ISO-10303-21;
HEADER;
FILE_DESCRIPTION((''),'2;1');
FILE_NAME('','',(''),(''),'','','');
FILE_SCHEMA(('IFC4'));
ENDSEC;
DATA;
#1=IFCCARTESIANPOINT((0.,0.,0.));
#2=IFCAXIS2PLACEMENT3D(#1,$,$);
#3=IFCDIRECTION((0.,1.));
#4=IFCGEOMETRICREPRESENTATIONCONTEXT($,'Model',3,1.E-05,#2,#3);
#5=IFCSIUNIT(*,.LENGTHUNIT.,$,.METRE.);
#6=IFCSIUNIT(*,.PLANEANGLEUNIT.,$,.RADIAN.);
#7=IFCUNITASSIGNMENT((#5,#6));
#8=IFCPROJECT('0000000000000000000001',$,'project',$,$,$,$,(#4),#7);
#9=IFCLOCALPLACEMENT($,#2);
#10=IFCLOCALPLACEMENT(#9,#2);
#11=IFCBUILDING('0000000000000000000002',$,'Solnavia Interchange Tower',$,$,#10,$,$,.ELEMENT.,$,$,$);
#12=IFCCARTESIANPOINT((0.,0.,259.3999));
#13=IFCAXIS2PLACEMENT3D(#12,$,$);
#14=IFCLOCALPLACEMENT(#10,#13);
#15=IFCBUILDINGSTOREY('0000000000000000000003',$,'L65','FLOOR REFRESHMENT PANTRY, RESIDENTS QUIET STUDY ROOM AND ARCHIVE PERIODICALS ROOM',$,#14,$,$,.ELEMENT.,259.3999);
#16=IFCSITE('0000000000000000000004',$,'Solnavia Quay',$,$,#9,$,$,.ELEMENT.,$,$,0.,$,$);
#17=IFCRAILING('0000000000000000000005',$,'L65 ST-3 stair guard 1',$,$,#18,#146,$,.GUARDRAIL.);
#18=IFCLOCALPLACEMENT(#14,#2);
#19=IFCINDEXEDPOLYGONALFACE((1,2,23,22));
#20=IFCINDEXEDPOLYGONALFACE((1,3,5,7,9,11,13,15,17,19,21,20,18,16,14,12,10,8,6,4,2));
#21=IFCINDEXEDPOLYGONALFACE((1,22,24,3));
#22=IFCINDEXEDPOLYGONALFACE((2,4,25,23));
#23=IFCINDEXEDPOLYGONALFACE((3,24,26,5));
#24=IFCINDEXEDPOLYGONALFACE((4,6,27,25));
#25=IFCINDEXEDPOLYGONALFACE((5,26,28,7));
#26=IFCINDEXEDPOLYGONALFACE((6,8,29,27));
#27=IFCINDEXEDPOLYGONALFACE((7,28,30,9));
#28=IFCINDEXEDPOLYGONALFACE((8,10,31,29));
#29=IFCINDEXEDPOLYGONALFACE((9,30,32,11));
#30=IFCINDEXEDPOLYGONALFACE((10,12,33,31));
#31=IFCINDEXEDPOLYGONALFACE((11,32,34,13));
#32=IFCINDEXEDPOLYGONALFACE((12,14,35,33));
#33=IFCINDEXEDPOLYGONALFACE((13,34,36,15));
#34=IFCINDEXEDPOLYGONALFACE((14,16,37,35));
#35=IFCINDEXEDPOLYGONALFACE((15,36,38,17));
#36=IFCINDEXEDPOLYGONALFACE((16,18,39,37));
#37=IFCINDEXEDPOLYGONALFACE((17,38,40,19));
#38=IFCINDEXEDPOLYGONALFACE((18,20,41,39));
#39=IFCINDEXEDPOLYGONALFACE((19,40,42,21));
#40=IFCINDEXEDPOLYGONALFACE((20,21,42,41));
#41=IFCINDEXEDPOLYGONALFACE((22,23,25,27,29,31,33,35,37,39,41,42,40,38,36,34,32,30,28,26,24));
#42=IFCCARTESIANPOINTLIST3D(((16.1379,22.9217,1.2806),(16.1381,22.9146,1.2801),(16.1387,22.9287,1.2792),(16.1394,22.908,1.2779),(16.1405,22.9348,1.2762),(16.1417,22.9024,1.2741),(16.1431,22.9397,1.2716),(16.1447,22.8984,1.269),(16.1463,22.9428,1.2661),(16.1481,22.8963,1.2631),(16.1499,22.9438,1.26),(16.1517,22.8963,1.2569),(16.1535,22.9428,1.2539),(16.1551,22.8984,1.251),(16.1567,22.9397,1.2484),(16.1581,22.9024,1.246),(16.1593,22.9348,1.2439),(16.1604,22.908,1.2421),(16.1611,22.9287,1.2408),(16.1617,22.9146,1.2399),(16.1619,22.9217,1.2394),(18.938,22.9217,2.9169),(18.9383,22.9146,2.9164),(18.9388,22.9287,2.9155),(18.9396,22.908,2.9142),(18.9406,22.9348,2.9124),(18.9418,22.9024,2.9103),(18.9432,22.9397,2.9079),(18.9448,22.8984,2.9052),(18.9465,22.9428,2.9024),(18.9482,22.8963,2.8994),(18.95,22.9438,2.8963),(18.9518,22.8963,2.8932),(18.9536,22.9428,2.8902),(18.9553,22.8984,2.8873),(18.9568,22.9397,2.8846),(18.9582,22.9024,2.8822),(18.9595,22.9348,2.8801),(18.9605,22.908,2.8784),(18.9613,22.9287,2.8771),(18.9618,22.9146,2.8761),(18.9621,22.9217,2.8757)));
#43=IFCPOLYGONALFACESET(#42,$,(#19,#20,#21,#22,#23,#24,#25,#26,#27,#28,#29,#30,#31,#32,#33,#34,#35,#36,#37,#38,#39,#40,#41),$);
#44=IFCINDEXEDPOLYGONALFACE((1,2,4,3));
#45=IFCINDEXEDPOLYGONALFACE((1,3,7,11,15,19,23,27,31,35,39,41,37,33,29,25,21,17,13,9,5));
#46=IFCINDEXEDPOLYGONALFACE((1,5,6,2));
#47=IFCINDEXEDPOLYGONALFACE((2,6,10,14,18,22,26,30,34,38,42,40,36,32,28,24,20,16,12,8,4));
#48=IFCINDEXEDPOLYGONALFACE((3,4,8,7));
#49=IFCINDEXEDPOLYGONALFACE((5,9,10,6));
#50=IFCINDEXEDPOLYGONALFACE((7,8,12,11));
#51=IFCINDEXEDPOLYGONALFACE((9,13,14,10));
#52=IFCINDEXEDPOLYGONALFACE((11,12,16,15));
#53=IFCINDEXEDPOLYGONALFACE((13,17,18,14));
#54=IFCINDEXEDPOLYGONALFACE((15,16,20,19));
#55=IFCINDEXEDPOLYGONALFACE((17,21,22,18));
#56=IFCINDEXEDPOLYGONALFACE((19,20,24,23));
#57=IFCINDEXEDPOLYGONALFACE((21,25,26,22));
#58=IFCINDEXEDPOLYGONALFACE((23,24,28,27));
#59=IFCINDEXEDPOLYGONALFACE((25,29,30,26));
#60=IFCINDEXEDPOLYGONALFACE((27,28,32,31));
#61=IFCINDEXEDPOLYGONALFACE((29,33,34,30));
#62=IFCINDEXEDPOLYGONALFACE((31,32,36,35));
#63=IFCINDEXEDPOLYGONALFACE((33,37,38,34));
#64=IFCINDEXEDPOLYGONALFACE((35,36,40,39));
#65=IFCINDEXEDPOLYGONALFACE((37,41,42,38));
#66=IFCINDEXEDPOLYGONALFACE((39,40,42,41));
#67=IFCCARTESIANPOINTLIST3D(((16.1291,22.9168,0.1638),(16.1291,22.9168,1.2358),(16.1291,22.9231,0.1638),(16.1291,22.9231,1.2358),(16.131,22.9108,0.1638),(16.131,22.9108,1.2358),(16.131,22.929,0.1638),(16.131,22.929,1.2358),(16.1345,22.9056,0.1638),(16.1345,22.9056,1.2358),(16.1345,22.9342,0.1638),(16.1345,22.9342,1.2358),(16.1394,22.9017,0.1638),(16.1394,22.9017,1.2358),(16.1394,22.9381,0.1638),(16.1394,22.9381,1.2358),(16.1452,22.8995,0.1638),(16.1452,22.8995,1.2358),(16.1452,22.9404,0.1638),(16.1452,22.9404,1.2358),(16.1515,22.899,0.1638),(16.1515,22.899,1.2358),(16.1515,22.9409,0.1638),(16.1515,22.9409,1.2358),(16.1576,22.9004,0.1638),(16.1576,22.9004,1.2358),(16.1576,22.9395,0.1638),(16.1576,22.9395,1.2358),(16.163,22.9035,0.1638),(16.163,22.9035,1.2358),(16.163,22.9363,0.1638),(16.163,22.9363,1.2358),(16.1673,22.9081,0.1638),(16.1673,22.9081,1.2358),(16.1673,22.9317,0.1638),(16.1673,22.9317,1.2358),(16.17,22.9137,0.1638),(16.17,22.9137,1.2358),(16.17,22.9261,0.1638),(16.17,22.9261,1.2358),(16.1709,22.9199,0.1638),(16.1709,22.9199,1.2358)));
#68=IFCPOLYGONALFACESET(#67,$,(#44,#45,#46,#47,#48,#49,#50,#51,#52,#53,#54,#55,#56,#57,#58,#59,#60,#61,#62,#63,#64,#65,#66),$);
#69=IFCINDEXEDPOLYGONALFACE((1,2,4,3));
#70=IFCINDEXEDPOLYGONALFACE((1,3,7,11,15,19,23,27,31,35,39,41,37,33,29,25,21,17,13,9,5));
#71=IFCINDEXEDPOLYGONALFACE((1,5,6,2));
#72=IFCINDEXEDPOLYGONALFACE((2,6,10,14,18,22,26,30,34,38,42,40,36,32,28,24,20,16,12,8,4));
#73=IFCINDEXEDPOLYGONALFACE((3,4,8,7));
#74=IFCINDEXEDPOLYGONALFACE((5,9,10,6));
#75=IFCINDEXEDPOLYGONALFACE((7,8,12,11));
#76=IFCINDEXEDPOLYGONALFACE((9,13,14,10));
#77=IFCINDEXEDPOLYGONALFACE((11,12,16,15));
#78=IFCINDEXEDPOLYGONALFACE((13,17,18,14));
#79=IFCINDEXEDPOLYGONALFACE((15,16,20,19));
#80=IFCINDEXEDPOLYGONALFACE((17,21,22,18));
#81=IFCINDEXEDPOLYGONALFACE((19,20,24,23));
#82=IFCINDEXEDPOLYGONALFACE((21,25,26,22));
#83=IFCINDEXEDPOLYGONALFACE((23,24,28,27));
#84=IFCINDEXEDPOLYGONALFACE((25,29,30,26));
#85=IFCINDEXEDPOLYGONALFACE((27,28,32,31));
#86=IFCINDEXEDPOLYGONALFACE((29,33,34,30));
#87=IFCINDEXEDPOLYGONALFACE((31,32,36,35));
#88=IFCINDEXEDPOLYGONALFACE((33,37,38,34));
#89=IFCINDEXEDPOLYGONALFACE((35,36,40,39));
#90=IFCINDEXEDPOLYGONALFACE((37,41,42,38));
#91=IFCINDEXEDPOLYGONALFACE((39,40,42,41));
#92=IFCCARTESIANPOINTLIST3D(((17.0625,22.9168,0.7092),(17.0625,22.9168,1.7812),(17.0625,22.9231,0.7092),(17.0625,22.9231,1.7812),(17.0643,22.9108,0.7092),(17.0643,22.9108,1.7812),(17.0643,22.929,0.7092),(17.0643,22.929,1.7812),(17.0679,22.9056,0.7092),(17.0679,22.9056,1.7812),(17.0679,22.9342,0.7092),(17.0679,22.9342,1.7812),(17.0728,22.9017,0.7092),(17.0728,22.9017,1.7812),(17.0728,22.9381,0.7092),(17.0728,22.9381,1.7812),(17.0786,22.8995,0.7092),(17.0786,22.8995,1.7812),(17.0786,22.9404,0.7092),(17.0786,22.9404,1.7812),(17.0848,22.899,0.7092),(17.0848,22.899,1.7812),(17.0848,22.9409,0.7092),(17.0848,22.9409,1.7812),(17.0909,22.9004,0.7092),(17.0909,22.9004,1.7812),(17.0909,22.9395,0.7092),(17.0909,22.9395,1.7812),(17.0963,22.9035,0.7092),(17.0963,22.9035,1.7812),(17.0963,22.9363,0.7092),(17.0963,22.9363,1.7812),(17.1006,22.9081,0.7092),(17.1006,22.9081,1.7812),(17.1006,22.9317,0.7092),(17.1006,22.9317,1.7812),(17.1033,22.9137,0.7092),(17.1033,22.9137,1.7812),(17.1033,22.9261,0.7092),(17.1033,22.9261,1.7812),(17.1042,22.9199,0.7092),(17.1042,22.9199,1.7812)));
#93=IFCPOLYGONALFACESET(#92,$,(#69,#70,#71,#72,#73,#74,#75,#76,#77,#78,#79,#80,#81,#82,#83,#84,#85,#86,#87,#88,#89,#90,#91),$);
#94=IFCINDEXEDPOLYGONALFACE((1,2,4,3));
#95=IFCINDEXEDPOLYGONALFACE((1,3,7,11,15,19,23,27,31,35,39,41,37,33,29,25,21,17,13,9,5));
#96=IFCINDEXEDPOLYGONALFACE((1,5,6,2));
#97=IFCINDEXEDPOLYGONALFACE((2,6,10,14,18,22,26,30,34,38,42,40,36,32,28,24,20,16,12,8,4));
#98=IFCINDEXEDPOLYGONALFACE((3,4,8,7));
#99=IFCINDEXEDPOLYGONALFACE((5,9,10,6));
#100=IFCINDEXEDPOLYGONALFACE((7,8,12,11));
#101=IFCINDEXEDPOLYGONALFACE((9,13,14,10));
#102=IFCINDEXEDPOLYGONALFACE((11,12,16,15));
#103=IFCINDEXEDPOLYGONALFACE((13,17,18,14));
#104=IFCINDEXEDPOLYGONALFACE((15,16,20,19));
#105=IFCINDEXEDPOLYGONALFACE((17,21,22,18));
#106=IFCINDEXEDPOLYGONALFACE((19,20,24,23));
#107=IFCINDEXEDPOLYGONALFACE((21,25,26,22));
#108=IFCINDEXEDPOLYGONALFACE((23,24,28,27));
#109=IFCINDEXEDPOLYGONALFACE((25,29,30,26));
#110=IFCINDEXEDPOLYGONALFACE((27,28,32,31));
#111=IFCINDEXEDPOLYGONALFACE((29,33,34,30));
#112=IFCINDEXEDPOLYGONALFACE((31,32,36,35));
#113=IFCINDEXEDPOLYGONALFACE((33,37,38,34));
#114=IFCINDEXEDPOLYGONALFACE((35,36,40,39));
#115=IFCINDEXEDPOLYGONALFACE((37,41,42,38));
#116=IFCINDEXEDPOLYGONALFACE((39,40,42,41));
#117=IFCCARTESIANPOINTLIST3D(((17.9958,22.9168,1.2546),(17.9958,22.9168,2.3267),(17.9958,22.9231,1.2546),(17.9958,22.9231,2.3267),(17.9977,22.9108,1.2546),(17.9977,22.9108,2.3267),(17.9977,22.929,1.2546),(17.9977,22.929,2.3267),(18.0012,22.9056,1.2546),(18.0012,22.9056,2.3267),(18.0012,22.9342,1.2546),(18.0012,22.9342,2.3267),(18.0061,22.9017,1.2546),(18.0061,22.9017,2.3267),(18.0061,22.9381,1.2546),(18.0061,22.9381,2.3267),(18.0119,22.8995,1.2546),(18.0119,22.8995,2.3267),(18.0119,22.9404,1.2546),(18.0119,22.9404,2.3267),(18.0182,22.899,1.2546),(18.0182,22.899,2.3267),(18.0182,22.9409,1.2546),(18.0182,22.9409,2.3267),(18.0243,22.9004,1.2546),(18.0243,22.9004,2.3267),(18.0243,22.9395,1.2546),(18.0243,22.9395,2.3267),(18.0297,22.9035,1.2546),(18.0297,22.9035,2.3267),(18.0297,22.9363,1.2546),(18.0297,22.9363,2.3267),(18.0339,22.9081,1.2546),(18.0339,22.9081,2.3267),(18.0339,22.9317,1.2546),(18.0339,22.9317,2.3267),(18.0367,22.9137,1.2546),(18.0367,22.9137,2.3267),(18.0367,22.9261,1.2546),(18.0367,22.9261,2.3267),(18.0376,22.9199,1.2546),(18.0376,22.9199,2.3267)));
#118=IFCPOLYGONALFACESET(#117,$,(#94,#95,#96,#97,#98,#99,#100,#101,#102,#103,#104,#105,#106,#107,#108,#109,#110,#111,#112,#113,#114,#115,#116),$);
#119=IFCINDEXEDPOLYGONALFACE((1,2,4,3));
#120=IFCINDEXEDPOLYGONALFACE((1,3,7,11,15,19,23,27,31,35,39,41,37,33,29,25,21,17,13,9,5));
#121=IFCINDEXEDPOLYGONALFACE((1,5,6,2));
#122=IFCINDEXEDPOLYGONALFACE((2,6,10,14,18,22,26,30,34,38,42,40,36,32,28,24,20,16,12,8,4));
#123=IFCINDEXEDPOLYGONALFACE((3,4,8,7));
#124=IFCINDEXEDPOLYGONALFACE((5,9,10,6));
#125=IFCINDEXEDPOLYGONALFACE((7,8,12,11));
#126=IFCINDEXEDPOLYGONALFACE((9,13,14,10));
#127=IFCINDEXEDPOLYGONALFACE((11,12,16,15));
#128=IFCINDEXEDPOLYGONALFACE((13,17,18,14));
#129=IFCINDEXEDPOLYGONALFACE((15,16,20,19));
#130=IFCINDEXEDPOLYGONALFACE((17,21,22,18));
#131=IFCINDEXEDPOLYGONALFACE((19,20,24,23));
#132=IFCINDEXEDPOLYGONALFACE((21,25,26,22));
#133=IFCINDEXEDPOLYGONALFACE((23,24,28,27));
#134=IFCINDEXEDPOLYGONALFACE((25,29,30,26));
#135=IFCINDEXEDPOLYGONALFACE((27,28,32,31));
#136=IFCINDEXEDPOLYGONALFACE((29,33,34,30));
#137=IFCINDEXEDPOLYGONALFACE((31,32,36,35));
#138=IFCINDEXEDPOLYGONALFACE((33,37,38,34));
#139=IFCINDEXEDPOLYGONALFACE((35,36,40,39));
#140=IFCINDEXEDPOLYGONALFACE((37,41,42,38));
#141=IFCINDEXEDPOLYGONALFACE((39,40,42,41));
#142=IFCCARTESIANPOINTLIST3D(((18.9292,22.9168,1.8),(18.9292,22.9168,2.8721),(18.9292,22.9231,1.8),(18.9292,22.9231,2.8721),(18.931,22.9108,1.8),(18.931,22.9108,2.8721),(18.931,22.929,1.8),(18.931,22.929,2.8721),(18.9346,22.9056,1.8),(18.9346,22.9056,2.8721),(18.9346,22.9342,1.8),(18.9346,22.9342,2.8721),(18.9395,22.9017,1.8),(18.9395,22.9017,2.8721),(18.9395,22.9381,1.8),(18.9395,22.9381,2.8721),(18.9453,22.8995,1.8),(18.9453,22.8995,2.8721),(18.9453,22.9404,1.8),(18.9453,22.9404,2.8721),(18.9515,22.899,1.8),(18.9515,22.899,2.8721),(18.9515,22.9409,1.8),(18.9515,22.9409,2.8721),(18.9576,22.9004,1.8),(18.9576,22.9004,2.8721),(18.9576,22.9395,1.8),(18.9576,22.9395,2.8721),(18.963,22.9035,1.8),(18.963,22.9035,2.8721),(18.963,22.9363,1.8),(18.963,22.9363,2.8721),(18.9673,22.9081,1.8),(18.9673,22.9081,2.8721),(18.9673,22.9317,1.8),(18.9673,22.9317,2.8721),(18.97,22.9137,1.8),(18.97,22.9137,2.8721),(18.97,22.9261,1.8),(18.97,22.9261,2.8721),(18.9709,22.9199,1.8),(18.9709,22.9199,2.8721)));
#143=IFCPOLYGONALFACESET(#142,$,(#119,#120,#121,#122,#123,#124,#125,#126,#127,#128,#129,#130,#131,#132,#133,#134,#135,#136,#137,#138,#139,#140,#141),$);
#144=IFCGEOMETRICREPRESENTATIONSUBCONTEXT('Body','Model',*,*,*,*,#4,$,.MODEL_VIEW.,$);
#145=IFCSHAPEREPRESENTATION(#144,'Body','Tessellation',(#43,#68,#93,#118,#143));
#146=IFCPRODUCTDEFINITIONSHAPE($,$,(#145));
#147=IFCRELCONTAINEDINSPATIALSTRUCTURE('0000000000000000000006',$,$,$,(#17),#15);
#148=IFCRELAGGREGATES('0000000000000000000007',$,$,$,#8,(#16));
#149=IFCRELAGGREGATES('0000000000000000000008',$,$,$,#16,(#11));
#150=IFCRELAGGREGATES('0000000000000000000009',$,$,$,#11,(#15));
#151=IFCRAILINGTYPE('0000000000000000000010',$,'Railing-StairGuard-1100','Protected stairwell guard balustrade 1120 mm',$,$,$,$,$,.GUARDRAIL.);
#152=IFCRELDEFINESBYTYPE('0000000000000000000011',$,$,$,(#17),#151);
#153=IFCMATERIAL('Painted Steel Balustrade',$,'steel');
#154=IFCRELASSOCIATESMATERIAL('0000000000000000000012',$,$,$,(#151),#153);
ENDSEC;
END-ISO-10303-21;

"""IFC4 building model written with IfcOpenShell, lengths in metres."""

from ifc_helpers import new_model, si_unit, direction, frame, origin, origin_2d, place, context, subcontext, project, spatial, circle, extrude, material, type_object, element, save


model = new_model("IFC4")

# Units and contexts
model_context = context("Model", 3, precision=1e-05, world=origin(), true_north=direction((0.0, 1.0)))
body_context = subcontext(model_context, "Body", "Model", "MODEL_VIEW")
ifc_project = project(units=[si_unit("LENGTHUNIT", "METRE"), si_unit("PLANEANGLEUNIT", "RADIAN")], contexts=[model_context])

# Site, building, storey
site_placement = place(None, origin())
site = spatial("IfcSite", under=ifc_project, at=site_placement, Name="Solnavia Quay", CompositionType="ELEMENT", RefElevation=0.0)
building_placement = place(site_placement, origin())
building = spatial("IfcBuilding", under=site, at=building_placement, Name="Solnavia Interchange Tower", CompositionType="ELEMENT")
storey_placement = place(building_placement, frame((0.0, 0.0, 259.3999)))
storey = spatial("IfcBuildingStorey", under=building, at=storey_placement, Name="L65", Description="FLOOR REFRESHMENT PANTRY, RESIDENTS QUIET STUDY ROOM AND ARCHIVE PERIODICALS ROOM", CompositionType="ELEMENT", Elevation=259.3999)

# Railing
ifc_material_1 = material(Name="Painted Steel Balustrade", Category="steel")
railing_type_1 = type_object("IfcRailingType", Name="Railing-StairGuard-1100", Description="Protected stairwell guard balustrade 1120 mm", PredefinedType="GUARDRAIL", material=ifc_material_1)
railing_1_placement = place(storey_placement, frame((16.1499, 22.9199, 0.1638)))
element("IfcRailing", 1, at=railing_1_placement, inside=storey, type_object=railing_type_1, Name="L65 ST-3 stair guard 1", PredefinedType="GUARDRAIL", context=body_context, shape_type="SweptSolid", body=[
    extrude(circle(Radius=0.0239, at=origin_2d()), frame((0.0, 0.0, 1.0962), z_axis=(0.863394, 0.0, 0.504531), x_axis=(0.0, 1.0, 0.0)), (0.0, 0.0, 1.0), 3.2432),
    extrude(circle(Radius=0.021, at=origin_2d()), origin(), (0.0, 0.0, 1.0), 1.072),
    extrude(circle(Radius=0.021, at=origin_2d()), frame((0.9333, 0.0, 0.5454)), (0.0, 0.0, 1.0), 1.072),
    extrude(circle(Radius=0.021, at=origin_2d()), frame((1.8667, 0.0, 1.0908)), (0.0, 0.0, 1.0), 1.072),
    extrude(circle(Radius=0.021, at=origin_2d()), frame((2.8, 0.0, 1.6362)), (0.0, 0.0, 1.0), 1.072),
])

save(model, "model.ifc")
